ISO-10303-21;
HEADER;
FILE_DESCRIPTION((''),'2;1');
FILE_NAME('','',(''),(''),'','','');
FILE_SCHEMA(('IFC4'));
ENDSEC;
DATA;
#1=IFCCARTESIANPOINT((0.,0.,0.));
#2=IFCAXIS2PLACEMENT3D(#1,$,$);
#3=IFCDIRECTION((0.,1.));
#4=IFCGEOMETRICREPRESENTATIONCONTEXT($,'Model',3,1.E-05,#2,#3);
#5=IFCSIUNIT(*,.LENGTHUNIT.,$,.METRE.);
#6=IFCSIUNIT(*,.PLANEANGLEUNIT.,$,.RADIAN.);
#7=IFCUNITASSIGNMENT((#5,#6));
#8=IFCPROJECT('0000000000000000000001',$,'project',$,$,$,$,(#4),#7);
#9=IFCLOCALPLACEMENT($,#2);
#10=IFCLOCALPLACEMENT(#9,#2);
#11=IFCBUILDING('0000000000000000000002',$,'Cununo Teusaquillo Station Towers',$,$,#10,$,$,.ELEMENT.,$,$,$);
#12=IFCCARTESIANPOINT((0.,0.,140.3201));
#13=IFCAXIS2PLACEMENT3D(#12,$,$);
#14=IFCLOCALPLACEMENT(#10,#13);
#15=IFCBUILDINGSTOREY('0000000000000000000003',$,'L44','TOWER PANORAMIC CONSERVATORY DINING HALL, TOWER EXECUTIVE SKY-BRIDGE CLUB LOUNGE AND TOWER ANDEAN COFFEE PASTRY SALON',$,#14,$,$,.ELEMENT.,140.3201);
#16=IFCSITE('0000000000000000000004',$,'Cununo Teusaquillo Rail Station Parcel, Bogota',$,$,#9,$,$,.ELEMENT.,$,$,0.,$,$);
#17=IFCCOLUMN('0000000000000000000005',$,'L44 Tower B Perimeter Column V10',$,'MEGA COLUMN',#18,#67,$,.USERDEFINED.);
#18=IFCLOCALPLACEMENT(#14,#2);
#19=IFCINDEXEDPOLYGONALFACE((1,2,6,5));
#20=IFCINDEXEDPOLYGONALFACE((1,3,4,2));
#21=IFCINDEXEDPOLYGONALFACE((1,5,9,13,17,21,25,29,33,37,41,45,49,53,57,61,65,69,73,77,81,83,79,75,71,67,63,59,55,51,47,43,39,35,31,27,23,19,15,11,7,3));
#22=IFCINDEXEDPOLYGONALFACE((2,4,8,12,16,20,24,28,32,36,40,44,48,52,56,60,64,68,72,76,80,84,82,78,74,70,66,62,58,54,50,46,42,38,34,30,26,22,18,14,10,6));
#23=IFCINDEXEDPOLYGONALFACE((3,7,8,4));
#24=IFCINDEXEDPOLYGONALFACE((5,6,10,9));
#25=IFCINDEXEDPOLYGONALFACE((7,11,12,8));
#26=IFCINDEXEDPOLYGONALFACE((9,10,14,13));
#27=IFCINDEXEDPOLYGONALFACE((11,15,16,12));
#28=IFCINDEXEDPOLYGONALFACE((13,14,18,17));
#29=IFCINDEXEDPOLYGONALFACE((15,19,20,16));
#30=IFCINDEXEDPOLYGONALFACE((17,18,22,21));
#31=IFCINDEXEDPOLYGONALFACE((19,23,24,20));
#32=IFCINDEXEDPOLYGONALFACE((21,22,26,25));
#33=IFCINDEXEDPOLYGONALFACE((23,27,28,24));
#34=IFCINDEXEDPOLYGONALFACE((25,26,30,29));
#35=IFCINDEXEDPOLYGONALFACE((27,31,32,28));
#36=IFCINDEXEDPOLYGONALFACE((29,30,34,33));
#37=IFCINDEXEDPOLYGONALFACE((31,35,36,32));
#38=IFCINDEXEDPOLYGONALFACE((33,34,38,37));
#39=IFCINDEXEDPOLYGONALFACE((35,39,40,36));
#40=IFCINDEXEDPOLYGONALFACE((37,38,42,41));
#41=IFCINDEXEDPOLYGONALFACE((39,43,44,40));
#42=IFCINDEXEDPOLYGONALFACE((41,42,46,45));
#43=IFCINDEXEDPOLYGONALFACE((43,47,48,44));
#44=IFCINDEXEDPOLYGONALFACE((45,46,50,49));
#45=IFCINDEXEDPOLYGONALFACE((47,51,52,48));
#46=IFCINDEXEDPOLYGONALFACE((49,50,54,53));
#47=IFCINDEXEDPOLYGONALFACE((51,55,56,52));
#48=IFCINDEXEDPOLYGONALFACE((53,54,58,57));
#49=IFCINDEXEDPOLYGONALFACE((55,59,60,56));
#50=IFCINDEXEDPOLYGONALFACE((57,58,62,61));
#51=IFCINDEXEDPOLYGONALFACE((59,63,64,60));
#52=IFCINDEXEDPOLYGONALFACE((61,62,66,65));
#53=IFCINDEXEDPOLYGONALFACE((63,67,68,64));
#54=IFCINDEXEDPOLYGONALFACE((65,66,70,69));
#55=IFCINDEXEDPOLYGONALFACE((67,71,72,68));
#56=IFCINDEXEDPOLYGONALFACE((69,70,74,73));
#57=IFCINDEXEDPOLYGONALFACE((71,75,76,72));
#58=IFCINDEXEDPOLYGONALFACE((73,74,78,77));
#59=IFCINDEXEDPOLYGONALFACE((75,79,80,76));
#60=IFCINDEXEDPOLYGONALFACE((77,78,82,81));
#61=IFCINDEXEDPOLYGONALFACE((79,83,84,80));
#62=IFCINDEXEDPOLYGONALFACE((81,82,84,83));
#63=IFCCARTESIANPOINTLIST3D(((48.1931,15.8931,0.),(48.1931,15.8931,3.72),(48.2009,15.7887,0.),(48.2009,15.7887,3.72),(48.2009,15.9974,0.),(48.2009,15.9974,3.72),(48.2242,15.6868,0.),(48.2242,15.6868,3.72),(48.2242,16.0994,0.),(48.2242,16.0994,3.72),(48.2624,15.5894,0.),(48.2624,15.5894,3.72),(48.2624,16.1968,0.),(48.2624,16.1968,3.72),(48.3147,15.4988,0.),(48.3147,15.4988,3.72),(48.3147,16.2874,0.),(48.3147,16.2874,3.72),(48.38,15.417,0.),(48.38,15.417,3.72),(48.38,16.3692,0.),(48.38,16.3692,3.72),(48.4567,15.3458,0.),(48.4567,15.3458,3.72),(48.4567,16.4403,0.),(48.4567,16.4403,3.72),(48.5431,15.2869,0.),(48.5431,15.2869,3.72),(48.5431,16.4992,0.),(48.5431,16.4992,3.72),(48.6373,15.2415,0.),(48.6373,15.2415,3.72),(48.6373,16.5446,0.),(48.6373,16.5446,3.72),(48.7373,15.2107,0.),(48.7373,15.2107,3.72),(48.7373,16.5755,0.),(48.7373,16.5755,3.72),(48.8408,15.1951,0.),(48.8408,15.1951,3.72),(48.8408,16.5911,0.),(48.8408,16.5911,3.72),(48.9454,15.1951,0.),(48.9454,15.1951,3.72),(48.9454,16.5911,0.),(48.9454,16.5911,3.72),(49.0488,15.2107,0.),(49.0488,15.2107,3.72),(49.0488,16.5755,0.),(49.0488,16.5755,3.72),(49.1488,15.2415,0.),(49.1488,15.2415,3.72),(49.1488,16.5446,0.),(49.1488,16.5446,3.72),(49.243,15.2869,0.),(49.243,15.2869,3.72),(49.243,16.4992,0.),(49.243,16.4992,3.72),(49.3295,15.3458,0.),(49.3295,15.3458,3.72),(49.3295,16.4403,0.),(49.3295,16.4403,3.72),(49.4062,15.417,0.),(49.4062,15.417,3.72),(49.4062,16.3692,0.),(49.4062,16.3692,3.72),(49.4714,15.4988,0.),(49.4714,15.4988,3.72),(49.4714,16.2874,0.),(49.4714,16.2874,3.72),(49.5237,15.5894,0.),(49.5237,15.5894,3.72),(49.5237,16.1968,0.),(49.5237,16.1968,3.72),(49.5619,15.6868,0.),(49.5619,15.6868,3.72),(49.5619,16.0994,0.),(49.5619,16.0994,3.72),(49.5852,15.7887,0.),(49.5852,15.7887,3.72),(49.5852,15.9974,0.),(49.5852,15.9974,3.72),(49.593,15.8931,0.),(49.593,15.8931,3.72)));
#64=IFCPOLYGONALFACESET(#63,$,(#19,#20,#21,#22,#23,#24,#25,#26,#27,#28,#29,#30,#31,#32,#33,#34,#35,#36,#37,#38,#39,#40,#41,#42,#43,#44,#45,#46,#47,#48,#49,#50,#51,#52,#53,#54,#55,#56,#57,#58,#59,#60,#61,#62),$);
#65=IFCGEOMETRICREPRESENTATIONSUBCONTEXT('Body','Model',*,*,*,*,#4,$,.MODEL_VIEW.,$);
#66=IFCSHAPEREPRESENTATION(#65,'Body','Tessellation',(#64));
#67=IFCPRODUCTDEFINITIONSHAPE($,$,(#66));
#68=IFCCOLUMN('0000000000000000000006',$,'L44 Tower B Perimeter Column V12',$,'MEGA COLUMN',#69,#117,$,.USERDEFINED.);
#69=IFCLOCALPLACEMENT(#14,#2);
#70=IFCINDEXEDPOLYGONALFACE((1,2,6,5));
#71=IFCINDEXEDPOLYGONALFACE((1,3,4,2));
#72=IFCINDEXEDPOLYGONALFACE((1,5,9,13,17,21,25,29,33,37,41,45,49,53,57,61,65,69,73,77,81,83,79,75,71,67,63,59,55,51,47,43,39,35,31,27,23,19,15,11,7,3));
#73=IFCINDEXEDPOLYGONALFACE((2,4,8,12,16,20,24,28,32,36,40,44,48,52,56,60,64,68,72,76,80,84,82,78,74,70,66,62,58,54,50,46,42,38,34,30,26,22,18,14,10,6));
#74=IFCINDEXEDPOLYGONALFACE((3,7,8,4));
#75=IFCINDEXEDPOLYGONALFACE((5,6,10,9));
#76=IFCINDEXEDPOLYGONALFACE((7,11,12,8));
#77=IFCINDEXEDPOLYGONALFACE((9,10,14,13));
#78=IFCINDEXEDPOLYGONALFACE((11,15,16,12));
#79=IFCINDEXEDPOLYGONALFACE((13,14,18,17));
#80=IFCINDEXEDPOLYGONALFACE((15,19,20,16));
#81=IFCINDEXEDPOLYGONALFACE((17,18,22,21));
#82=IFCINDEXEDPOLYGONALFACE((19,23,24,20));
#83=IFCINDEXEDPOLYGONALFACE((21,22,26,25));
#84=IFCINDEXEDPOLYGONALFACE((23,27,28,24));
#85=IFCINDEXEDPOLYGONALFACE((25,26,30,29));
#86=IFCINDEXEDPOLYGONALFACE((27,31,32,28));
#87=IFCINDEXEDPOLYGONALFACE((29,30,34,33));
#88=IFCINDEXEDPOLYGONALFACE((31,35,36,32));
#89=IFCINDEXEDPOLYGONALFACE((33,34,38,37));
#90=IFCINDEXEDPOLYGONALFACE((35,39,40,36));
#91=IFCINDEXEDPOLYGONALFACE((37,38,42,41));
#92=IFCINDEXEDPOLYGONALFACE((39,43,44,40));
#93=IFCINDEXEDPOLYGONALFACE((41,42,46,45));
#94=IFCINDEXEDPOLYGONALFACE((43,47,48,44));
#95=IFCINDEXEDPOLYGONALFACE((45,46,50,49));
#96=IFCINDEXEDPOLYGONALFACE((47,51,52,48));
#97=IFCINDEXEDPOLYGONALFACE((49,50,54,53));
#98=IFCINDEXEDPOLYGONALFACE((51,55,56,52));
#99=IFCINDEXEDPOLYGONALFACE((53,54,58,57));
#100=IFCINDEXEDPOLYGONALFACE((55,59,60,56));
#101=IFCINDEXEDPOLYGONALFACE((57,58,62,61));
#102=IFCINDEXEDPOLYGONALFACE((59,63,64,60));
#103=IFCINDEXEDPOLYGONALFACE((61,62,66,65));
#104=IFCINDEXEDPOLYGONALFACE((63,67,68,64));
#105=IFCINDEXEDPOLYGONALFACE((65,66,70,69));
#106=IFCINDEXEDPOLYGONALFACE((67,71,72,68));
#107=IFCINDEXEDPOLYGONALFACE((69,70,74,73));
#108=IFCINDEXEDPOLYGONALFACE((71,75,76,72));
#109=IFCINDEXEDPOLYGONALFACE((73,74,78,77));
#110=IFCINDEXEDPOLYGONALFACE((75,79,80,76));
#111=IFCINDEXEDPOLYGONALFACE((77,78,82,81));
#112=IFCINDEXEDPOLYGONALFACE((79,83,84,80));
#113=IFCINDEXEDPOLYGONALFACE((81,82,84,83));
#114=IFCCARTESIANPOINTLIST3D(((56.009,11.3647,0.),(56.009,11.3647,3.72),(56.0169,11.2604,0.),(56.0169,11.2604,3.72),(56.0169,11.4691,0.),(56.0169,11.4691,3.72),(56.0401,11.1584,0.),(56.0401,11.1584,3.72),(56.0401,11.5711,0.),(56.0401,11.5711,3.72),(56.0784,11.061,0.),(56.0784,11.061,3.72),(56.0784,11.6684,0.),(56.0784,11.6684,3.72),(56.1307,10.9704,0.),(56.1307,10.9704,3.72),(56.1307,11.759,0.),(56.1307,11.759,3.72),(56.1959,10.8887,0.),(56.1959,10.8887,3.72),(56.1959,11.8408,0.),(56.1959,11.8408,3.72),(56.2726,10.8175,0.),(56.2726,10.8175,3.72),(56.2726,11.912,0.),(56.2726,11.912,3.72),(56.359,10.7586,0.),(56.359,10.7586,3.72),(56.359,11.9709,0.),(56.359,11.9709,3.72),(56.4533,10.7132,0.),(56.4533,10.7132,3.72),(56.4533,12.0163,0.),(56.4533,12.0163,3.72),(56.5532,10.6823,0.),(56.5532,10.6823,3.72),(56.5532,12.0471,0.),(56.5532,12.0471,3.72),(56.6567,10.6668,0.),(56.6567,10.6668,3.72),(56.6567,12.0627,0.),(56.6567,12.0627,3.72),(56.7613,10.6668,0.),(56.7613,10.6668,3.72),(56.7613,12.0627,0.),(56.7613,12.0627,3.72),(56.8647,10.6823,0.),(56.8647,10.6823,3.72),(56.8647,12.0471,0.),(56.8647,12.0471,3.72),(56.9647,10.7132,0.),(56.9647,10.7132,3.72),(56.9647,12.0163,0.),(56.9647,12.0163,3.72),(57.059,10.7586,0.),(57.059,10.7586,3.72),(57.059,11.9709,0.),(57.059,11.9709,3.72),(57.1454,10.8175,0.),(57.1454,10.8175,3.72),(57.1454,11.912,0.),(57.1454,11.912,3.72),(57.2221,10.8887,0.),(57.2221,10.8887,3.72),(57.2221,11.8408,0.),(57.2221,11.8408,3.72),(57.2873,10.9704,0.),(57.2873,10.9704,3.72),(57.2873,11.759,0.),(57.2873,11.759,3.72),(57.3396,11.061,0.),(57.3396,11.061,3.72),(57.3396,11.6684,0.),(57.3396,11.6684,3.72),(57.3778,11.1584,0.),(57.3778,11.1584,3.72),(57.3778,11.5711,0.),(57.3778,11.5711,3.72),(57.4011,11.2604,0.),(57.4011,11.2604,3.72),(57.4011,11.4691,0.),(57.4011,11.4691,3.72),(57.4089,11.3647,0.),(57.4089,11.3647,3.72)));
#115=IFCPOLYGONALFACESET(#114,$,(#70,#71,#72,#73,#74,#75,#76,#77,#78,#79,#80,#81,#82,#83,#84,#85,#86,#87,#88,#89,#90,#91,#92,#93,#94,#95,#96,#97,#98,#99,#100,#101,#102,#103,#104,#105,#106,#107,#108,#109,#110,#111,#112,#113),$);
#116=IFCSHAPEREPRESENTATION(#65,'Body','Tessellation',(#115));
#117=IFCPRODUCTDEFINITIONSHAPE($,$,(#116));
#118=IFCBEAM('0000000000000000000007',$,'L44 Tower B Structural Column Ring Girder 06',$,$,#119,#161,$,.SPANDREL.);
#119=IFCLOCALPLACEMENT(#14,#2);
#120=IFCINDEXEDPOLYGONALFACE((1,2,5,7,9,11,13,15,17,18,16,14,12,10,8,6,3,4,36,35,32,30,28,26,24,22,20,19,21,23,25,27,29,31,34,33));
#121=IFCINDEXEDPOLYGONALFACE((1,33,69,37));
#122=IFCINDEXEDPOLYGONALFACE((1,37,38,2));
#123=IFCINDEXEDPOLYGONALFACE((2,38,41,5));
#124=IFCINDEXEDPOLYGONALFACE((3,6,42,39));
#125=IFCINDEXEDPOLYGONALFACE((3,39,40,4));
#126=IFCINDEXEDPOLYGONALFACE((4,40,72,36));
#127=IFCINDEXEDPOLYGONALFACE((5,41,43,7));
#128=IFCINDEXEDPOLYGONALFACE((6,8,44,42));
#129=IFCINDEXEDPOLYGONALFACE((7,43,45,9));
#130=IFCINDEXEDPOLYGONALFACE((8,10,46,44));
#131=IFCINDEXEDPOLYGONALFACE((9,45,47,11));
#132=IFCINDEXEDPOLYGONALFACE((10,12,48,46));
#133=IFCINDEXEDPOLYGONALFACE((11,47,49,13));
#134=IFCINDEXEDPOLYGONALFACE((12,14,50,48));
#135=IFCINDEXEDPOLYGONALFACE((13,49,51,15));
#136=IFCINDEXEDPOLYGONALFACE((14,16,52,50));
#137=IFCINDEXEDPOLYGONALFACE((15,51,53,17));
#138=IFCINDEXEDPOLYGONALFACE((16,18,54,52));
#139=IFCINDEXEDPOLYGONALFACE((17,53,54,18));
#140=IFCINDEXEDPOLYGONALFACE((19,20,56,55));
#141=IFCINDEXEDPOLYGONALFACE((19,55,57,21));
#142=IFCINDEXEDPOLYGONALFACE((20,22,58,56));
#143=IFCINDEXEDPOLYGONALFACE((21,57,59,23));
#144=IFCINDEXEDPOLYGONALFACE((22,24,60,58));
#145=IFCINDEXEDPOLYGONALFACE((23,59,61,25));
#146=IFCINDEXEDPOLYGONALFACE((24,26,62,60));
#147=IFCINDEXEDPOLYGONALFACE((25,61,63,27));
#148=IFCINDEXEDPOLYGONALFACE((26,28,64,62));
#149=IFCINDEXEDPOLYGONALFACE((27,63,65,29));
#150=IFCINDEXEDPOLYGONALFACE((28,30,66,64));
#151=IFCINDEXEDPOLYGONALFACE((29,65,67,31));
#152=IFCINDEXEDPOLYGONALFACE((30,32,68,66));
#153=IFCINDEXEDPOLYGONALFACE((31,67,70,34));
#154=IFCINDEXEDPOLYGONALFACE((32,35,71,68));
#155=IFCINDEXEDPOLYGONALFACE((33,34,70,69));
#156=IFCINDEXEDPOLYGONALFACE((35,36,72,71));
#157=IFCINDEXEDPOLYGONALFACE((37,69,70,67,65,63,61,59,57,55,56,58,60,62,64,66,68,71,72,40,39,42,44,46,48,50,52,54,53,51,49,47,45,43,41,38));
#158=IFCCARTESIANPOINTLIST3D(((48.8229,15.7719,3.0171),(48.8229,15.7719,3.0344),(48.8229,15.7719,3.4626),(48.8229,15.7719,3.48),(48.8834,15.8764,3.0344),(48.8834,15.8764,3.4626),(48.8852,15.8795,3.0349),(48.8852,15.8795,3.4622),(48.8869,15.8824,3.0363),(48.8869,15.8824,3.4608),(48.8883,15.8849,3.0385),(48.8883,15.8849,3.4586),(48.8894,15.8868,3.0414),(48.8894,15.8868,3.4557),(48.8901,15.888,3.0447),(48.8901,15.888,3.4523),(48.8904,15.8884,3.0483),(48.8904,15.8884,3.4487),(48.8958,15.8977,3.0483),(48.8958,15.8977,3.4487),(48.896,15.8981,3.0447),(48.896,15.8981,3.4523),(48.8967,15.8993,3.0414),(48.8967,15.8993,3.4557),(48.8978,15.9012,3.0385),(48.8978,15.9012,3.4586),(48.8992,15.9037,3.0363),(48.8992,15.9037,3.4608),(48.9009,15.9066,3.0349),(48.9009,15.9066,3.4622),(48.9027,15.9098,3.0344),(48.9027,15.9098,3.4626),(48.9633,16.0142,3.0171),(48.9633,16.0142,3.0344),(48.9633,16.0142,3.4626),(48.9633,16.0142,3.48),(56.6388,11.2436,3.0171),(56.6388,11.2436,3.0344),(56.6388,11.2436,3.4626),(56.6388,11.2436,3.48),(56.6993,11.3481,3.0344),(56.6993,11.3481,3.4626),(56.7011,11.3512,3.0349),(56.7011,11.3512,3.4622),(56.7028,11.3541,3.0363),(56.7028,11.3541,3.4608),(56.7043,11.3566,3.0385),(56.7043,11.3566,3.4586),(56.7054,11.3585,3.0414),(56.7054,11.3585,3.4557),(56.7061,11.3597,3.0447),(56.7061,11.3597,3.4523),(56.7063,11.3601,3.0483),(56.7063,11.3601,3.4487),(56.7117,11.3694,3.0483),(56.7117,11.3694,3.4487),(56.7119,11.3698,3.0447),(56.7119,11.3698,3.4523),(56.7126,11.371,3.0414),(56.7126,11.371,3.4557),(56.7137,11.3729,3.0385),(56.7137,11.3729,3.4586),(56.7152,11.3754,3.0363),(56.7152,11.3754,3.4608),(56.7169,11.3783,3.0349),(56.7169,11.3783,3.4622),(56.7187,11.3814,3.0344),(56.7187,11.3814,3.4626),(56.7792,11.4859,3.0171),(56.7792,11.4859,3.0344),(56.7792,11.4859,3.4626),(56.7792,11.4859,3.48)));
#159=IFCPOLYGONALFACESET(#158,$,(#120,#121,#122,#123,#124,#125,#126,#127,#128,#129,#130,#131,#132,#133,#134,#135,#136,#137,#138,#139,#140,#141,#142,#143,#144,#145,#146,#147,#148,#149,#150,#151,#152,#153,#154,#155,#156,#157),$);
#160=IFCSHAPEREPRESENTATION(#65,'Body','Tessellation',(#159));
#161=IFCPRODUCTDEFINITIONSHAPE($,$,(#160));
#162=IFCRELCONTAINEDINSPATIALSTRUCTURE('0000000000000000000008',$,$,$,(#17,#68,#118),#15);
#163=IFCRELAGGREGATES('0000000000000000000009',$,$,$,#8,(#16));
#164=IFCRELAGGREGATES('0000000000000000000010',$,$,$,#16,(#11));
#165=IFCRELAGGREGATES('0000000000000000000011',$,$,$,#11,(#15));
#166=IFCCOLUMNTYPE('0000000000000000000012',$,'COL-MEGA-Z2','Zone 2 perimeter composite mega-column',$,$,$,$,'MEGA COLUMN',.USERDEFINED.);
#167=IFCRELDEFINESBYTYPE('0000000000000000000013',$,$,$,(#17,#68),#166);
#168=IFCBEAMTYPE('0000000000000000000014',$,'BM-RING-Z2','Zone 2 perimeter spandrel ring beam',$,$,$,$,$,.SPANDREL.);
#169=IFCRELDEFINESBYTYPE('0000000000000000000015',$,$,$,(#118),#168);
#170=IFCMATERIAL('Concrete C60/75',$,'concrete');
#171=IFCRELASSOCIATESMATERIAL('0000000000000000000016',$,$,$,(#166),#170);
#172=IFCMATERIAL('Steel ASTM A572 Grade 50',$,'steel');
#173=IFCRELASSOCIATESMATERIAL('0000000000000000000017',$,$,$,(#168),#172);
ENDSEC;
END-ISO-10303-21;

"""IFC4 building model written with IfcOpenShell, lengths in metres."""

from ifc_helpers import new_model, si_unit, direction, frame, origin, origin_2d, place, context, subcontext, project, spatial, circle, i_section, extrude, material, material_profile, profile_set, type_object, element, save


model = new_model("IFC4")

# Units and contexts
model_context = context("Model", 3, precision=1e-05, world=origin(), true_north=direction((0.0, 1.0)))
body_context = subcontext(model_context, "Body", "Model", "MODEL_VIEW")
ifc_project = project(units=[si_unit("LENGTHUNIT", "METRE"), si_unit("PLANEANGLEUNIT", "RADIAN")], contexts=[model_context])

# Site, building, storey
site_placement = place(None, origin())
site = spatial("IfcSite", under=ifc_project, at=site_placement, Name="Cununo Teusaquillo Rail Station Parcel, Bogota", CompositionType="ELEMENT", RefElevation=0.0)
building_placement = place(site_placement, origin())
building = spatial("IfcBuilding", under=site, at=building_placement, Name="Cununo Teusaquillo Station Towers", CompositionType="ELEMENT")
storey_placement = place(building_placement, frame((0.0, 0.0, 140.3201)))
storey = spatial("IfcBuildingStorey", under=building, at=storey_placement, Name="L44", Description="TOWER PANORAMIC CONSERVATORY DINING HALL, TOWER EXECUTIVE SKY-BRIDGE CLUB LOUNGE AND TOWER ANDEAN COFFEE PASTRY SALON", CompositionType="ELEMENT", Elevation=140.3201)

# Columns
ifc_material_1 = material(Name="Concrete C60/75", Category="concrete")
ifc_material_profile_1 = material_profile(ifc_material_1, circle(Radius=0.7, at=origin_2d()), Name="RC-CIRC-1400")
ifc_profile_set_1 = profile_set([ifc_material_profile_1], Name="Concrete C60/75")
column_type = type_object("IfcColumnType", Name="COL-MEGA-Z2", Description="Zone 2 perimeter composite mega-column", ElementType="MEGA COLUMN", PredefinedType="USERDEFINED", material=ifc_profile_set_1)
for number, where, z_axis, x_axis, name in (
    (1, (48.8931, 15.8931, 0.0), (0.0, 0.0, 1.0), (1.0, 0.0, 0.0), "L44 Tower B Perimeter Column V10"),
    (2, (56.709, 11.3647, 0.0), (0.0, 0.0, 1.0), (1.0, 0.0, 0.0), "L44 Tower B Perimeter Column V12"),
):
    element("IfcColumn", number, at=place(storey_placement, frame(where, z_axis=z_axis, x_axis=x_axis)), inside=storey, type_object=column_type, Name=name, ObjectType="MEGA COLUMN", PredefinedType="USERDEFINED", context=body_context, shape_type="SweptSolid", body=[
        extrude(circle(Radius=0.7, at=origin_2d()), origin(), (0.0, 0.0, 1.0), 3.72),
    ])

# Beam
ifc_material_2 = material(Name="Steel ASTM A572 Grade 50", Category="steel")
ifc_material_profile_2 = material_profile(ifc_material_2, i_section(OverallWidth=0.28, OverallDepth=0.4629, WebThickness=0.0107, FlangeThickness=0.0173, FilletRadius=0.0139, at=origin_2d()), Name="W18X76")
ifc_profile_set_2 = profile_set([ifc_material_profile_2], Name="Steel ASTM A572 Grade 50")
beam_type = type_object("IfcBeamType", Name="BM-RING-Z2", Description="Zone 2 perimeter spandrel ring beam", PredefinedType="SPANDREL", material=ifc_profile_set_2)
beam_1_placement = place(storey_placement, frame((48.8931, 15.8931, 3.2485), z_axis=(0.865267, -0.501311, 0.0), x_axis=(0.501311, 0.865267, 0.0)))
element("IfcBeam", 3, at=beam_1_placement, inside=storey, type_object=beam_type, Name="L44 Tower B Structural Column Ring Girder 06", PredefinedType="SPANDREL", context=body_context, shape_type="SweptSolid", body=[
    extrude(i_section(OverallWidth=0.28, OverallDepth=0.4629, WebThickness=0.0107, FlangeThickness=0.0173, FilletRadius=0.0139, at=origin_2d()), origin(), (0.0, 0.0, 1.0), 9.033),
])

save(model, "model.ifc")
